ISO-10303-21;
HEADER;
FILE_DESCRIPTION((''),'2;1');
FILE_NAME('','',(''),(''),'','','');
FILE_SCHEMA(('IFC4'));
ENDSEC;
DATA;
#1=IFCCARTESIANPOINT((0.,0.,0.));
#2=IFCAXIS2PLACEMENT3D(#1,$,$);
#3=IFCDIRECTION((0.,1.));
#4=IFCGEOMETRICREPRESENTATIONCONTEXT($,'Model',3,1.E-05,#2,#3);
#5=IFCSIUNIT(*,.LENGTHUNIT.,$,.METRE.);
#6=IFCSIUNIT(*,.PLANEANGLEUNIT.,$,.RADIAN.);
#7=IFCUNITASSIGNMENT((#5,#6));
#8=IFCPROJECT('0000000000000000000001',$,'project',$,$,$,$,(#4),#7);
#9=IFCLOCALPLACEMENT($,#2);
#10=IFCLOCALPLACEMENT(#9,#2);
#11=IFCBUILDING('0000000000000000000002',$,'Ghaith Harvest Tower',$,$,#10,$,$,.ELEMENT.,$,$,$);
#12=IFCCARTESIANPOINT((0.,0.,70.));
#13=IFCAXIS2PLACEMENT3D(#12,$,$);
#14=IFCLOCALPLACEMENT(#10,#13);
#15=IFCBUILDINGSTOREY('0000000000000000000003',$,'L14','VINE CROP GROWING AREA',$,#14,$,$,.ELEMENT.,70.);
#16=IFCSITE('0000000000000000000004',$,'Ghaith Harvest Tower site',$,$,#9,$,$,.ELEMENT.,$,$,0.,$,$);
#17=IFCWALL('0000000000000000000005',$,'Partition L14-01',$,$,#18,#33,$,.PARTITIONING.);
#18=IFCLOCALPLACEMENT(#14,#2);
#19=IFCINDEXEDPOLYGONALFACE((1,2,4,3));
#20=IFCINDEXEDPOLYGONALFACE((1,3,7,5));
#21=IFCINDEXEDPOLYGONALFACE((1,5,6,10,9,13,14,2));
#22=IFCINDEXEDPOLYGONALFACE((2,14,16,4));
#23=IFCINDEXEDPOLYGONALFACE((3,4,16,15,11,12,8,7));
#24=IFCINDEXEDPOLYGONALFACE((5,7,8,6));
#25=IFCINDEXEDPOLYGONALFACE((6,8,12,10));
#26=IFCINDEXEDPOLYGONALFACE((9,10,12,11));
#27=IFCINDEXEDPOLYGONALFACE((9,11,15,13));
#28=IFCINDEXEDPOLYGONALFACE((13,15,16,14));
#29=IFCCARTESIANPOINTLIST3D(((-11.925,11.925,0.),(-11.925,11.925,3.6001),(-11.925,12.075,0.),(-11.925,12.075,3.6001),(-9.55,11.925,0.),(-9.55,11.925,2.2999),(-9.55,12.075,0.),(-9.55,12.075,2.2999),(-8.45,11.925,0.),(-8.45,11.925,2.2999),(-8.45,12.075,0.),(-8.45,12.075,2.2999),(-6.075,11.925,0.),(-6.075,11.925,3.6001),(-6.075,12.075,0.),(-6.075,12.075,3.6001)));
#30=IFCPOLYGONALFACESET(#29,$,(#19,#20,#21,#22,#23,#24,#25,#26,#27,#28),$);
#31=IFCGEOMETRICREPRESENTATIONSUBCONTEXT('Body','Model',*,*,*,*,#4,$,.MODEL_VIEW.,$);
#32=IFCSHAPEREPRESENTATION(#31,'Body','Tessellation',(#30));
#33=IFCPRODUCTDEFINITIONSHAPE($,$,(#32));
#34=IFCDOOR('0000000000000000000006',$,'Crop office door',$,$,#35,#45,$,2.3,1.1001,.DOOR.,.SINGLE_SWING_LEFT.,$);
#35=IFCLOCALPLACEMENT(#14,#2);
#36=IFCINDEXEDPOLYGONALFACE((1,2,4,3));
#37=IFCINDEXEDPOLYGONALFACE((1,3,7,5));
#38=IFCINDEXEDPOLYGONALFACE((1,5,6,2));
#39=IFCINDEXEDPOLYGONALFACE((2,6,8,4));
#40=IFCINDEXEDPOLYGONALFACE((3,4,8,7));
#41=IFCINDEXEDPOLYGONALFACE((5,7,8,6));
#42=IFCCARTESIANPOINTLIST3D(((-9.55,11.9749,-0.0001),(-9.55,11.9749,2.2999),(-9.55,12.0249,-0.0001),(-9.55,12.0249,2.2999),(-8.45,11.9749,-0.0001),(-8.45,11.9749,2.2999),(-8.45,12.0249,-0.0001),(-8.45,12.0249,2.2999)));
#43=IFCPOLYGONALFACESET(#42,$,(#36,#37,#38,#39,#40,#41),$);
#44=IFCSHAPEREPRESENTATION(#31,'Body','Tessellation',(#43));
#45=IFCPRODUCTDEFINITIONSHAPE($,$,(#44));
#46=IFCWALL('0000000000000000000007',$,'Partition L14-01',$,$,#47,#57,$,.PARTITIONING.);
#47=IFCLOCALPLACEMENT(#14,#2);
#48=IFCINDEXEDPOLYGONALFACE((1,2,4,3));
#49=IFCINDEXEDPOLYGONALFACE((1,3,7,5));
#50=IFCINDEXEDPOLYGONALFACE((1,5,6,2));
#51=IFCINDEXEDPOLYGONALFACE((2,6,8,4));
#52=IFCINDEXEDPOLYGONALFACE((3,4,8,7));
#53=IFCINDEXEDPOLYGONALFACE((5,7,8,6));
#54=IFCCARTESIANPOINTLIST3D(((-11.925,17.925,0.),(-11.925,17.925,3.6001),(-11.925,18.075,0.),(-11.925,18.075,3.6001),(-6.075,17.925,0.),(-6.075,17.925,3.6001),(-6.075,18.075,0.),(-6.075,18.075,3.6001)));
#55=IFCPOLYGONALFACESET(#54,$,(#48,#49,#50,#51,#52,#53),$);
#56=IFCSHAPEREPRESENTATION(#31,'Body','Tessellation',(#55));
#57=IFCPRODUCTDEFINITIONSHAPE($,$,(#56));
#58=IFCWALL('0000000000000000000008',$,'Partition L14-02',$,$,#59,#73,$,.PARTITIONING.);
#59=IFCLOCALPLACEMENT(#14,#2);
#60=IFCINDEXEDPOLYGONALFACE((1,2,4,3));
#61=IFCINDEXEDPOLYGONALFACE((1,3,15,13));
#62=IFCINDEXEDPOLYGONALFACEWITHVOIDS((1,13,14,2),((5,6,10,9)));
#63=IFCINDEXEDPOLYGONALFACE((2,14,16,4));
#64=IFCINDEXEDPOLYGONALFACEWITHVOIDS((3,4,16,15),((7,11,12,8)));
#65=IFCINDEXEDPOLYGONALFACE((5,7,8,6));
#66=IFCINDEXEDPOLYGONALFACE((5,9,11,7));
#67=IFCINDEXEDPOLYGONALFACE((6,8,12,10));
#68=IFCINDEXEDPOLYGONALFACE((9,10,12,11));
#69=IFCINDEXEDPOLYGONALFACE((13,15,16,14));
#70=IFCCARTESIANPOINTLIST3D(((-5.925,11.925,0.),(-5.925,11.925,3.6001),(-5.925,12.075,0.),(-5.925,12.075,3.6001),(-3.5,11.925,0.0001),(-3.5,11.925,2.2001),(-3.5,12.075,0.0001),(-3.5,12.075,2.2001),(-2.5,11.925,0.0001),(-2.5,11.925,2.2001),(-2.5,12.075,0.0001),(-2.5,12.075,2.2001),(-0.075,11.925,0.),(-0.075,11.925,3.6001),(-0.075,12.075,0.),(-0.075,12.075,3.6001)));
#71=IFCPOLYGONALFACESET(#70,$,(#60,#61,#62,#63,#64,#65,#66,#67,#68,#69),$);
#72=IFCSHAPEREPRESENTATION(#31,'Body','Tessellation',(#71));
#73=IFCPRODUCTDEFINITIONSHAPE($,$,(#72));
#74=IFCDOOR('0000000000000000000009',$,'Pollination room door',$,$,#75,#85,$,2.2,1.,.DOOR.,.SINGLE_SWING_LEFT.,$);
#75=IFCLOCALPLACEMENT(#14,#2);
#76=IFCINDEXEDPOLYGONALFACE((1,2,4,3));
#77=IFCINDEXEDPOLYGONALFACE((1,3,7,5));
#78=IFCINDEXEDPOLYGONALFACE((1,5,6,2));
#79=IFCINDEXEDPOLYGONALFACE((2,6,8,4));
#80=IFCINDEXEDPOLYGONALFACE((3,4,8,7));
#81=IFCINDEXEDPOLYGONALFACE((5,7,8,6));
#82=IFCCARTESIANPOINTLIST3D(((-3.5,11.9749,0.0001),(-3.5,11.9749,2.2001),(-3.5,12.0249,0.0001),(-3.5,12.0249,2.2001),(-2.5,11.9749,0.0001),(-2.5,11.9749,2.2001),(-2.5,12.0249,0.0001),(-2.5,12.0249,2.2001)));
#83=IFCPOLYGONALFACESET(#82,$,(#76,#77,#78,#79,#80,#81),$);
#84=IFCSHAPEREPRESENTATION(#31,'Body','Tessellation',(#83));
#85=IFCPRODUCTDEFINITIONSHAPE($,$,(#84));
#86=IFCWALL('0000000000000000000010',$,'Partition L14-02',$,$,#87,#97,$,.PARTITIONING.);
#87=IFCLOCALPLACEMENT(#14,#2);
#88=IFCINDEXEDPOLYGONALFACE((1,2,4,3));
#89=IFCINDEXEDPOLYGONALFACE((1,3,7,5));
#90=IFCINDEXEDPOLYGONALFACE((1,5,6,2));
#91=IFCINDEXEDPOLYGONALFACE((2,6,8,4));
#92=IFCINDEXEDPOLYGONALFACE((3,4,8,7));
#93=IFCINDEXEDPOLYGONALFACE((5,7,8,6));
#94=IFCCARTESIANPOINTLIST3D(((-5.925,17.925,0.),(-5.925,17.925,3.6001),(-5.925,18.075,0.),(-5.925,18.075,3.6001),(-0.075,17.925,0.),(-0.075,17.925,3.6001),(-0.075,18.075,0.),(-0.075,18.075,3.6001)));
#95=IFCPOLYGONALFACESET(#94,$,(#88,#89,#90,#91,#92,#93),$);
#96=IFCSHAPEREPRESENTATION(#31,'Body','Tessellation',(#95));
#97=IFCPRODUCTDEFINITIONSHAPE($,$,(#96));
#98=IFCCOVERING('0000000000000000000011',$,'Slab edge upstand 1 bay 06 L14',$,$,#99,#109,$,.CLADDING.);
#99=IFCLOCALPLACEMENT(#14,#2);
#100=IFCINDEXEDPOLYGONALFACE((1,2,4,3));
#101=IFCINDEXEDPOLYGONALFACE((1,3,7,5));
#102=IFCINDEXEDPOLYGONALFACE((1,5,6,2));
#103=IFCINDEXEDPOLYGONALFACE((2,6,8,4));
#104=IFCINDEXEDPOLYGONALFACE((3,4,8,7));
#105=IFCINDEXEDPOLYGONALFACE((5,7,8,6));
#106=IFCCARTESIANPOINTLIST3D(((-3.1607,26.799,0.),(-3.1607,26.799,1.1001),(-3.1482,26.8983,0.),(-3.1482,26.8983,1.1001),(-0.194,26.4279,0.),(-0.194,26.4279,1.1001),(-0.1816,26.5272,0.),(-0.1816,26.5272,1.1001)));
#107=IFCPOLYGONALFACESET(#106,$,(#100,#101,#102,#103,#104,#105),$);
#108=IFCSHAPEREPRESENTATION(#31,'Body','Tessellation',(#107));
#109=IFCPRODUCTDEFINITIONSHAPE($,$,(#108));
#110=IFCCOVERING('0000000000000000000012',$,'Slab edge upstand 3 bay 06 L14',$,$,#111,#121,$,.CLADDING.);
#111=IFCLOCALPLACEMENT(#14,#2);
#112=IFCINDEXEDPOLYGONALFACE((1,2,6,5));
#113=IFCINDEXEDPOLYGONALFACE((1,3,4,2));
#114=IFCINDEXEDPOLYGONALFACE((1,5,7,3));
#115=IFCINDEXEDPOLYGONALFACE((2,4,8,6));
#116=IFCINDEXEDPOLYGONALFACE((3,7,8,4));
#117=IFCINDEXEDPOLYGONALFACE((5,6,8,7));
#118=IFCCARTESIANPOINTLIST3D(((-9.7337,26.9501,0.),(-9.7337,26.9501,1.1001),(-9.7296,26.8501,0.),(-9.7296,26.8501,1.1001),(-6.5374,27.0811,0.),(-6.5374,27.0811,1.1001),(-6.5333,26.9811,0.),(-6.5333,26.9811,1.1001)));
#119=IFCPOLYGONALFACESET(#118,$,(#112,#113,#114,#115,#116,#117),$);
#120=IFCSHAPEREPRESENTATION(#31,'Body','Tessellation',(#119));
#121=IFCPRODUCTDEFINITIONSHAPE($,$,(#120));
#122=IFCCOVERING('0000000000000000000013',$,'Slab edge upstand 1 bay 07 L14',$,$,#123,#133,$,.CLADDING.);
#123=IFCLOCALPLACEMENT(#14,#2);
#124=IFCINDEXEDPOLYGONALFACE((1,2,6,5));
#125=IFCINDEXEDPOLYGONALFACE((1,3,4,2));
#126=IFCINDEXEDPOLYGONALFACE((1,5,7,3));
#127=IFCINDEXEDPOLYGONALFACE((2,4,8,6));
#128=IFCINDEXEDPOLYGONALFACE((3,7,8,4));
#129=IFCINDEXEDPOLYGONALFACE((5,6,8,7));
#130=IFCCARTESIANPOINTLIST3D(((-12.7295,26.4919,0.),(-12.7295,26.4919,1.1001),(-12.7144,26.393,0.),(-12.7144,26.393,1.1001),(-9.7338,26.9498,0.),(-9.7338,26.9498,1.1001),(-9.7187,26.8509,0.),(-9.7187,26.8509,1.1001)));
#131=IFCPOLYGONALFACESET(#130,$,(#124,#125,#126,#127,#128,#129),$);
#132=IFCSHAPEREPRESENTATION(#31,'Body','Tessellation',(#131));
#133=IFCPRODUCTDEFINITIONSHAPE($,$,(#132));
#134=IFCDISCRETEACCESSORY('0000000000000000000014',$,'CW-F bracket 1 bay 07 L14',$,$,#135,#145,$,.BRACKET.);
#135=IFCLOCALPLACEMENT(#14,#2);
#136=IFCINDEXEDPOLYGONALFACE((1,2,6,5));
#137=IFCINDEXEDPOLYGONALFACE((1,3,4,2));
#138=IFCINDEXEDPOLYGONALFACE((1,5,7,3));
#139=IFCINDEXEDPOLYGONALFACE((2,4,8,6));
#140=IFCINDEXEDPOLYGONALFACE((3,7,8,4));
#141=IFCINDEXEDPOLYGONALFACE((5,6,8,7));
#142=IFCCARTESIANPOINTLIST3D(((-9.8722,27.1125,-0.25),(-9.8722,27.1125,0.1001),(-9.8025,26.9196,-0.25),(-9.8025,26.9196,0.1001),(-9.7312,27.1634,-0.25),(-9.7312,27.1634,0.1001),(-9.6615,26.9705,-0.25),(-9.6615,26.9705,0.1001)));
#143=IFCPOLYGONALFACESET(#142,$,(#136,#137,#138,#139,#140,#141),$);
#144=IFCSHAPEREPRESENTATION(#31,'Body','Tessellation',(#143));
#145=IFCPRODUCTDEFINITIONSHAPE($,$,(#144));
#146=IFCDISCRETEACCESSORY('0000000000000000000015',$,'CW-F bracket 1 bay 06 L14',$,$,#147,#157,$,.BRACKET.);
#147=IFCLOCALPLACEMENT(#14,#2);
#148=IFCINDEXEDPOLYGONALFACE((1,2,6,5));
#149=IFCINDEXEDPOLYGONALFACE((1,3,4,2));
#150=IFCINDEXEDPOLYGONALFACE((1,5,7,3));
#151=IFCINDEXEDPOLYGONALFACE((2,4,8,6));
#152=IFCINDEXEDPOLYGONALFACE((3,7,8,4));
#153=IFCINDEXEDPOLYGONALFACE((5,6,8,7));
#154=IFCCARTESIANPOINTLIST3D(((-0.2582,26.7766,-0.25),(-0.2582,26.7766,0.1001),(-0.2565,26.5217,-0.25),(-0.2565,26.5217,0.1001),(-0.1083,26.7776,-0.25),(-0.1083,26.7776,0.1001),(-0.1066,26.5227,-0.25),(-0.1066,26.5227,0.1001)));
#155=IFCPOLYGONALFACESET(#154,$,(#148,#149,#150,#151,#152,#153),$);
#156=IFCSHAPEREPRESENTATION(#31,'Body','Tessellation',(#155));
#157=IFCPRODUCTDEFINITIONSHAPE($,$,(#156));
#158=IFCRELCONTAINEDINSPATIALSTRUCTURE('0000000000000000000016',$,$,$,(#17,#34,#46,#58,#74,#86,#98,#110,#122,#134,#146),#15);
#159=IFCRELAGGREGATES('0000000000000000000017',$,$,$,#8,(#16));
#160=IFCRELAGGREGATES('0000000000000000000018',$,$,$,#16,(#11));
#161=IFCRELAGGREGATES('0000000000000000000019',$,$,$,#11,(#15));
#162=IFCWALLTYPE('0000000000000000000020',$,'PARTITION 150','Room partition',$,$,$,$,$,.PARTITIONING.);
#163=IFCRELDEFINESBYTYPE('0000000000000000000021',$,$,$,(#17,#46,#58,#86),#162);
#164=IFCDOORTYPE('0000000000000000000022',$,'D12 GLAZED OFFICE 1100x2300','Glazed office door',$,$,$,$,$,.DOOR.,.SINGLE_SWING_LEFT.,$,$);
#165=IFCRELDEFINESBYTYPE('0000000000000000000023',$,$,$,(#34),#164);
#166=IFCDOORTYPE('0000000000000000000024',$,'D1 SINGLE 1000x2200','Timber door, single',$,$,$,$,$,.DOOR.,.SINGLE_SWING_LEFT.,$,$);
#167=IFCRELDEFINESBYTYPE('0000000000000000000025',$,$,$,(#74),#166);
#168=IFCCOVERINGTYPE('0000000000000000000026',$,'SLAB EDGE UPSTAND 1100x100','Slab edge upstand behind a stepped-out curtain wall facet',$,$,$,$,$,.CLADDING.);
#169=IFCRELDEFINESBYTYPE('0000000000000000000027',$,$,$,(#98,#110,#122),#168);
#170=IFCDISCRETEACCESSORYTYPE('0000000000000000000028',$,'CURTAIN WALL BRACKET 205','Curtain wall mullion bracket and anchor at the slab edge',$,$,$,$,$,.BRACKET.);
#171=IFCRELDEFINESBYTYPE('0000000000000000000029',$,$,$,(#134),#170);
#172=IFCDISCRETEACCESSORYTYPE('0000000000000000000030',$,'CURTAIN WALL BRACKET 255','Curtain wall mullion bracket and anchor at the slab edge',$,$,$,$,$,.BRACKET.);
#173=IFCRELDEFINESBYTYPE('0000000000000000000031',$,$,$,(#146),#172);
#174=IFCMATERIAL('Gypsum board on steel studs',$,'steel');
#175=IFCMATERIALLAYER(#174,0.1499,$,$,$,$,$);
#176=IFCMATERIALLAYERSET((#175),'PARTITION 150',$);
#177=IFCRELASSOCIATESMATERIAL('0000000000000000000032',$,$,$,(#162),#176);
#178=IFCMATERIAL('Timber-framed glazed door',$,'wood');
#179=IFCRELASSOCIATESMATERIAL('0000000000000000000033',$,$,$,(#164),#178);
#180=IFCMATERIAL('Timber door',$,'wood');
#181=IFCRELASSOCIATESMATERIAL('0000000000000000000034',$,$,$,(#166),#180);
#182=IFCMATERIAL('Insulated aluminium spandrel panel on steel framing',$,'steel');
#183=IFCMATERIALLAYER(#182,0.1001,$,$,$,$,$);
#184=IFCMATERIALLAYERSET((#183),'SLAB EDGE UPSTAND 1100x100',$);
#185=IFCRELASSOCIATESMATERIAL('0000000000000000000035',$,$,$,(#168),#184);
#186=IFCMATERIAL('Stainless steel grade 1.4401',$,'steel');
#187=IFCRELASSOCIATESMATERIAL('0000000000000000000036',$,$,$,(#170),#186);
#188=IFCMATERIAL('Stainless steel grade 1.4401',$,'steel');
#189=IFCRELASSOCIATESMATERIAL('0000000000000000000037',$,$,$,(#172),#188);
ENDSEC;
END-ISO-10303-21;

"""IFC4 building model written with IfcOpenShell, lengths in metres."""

from ifc_helpers import new_model, si_unit, direction, frame, frame_2d, origin, origin_2d, place, context, subcontext, project, spatial, rectangle, extrude, material, layer, layer_set, type_object, element, fill, save


model = new_model("IFC4")

# Units and contexts
model_context = context("Model", 3, precision=1e-05, world=origin(), true_north=direction((0.0, 1.0)))
body_context = subcontext(model_context, "Body", "Model", "MODEL_VIEW")
ifc_project = project(units=[si_unit("LENGTHUNIT", "METRE"), si_unit("PLANEANGLEUNIT", "RADIAN")], contexts=[model_context])

# Site, building, storey
site_placement = place(None, origin())
site = spatial("IfcSite", under=ifc_project, at=site_placement, Name="Ghaith Harvest Tower site", CompositionType="ELEMENT", RefElevation=0.0)
building_placement = place(site_placement, origin())
building = spatial("IfcBuilding", under=site, at=building_placement, Name="Ghaith Harvest Tower", CompositionType="ELEMENT")
storey_placement = place(building_placement, frame((0.0, 0.0, 70.0)))
storey = spatial("IfcBuildingStorey", under=building, at=storey_placement, Name="L14", Description="VINE CROP GROWING AREA", CompositionType="ELEMENT", Elevation=70.0)

# Shared definitions
ifc_material_1 = material(Name="Gypsum board on steel studs", Category="steel")
ifc_layer_1 = layer(ifc_material_1, 0.1499)
ifc_layer_set_1 = layer_set([ifc_layer_1], Name="PARTITION 150")
wall_type = type_object("IfcWallType", Name="PARTITION 150", Description="Room partition", PredefinedType="PARTITIONING", material=ifc_layer_set_1)

# Wall, opening, door
wall_1_placement = place(storey_placement, frame((-11.925, 12.0, 0.0), z_axis=(0.0, 0.0, 1.0), x_axis=(1.0, 0.0, 0.0)))
wall_1 = element("IfcWall", 1, at=wall_1_placement, inside=storey, type_object=wall_type, Name="Partition L14-01", PredefinedType="PARTITIONING", context=body_context, shape_type="SweptSolid", body=[
    extrude(rectangle(XDim=5.8501, YDim=0.1499, at=frame_2d((2.925, 0.0))), origin(), (0.0, 0.0, 1.0), 3.6001),
])
opening_1_placement = place(wall_1_placement, frame((2.375, 0.0, 0.0)))
opening_1 = element("IfcOpeningElement", 2, at=opening_1_placement, cuts=wall_1, PredefinedType="OPENING", context=body_context, shape_type="SweptSolid", body=[
    extrude(rectangle(XDim=1.1001, YDim=2.3, at=frame_2d((0.55, 1.1499))), frame((0.0, 0.085, 0.0), z_axis=(0.0, -1.0, 0.0), x_axis=(1.0, 0.0, 0.0)), (0.0, 0.0, 1.0), 0.1699),
])
ifc_material_2 = material(Name="Timber-framed glazed door", Category="wood")
door_type_1 = type_object("IfcDoorType", Name="D12 GLAZED OFFICE 1100x2300", Description="Glazed office door", OperationType="SINGLE_SWING_LEFT", PredefinedType="DOOR", material=ifc_material_2)
door_1_placement = place(opening_1_placement, origin())
door_1 = element("IfcDoor", 3, at=door_1_placement, inside=storey, type_object=door_type_1, Name="Crop office door", OperationType="SINGLE_SWING_LEFT", OverallHeight=2.3, OverallWidth=1.1001, PredefinedType="DOOR", context=body_context, shape_type="SweptSolid", body=[
    extrude(rectangle(XDim=1.1001, YDim=2.3, at=frame_2d((0.55, 1.1499))), frame((0.0, 0.0249, 0.0), z_axis=(0.0, -1.0, 0.0), x_axis=(1.0, 0.0, 0.0)), (0.0, 0.0, 1.0), 0.05),
])
fill(opening_1, door_1)

# Wall
wall_2_placement = place(storey_placement, frame((-11.925, 18.0, 0.0), z_axis=(0.0, 0.0, 1.0), x_axis=(1.0, 0.0, 0.0)))
element("IfcWall", 4, at=wall_2_placement, inside=storey, type_object=wall_type, Name="Partition L14-01", PredefinedType="PARTITIONING", context=body_context, shape_type="SweptSolid", body=[
    extrude(rectangle(XDim=5.8501, YDim=0.1499, at=frame_2d((2.925, 0.0))), origin(), (0.0, 0.0, 1.0), 3.6001),
])

# Wall, opening, door
wall_3_placement = place(storey_placement, frame((-5.925, 12.0, 0.0), z_axis=(0.0, 0.0, 1.0), x_axis=(1.0, 0.0, 0.0)))
wall_3 = element("IfcWall", 5, at=wall_3_placement, inside=storey, type_object=wall_type, Name="Partition L14-02", PredefinedType="PARTITIONING", context=body_context, shape_type="SweptSolid", body=[
    extrude(rectangle(XDim=5.8501, YDim=0.1499, at=frame_2d((2.925, 0.0))), origin(), (0.0, 0.0, 1.0), 3.6001),
])
opening_2_placement = place(wall_3_placement, frame((2.425, 0.0, 0.0)))
opening_2 = element("IfcOpeningElement", 6, at=opening_2_placement, cuts=wall_3, PredefinedType="OPENING", context=body_context, shape_type="SweptSolid", body=[
    extrude(rectangle(XDim=1.0, YDim=2.2, at=frame_2d((0.5, 1.1001))), frame((0.0, 0.085, 0.0), z_axis=(0.0, -1.0, 0.0), x_axis=(1.0, 0.0, 0.0)), (0.0, 0.0, 1.0), 0.1699),
])
ifc_material_3 = material(Name="Timber door", Category="wood")
door_type_2 = type_object("IfcDoorType", Name="D1 SINGLE 1000x2200", Description="Timber door, single", OperationType="SINGLE_SWING_LEFT", PredefinedType="DOOR", material=ifc_material_3)
door_2_placement = place(opening_2_placement, origin())
door_2 = element("IfcDoor", 7, at=door_2_placement, inside=storey, type_object=door_type_2, Name="Pollination room door", OperationType="SINGLE_SWING_LEFT", OverallHeight=2.2, OverallWidth=1.0, PredefinedType="DOOR", context=body_context, shape_type="SweptSolid", body=[
    extrude(rectangle(XDim=1.0, YDim=2.2, at=frame_2d((0.5, 1.1001))), frame((0.0, 0.0249, 0.0), z_axis=(0.0, -1.0, 0.0), x_axis=(1.0, 0.0, 0.0)), (0.0, 0.0, 1.0), 0.05),
])
fill(opening_2, door_2)

# Wall
wall_4_placement = place(storey_placement, frame((-5.925, 18.0, 0.0), z_axis=(0.0, 0.0, 1.0), x_axis=(1.0, 0.0, 0.0)))
element("IfcWall", 8, at=wall_4_placement, inside=storey, type_object=wall_type, Name="Partition L14-02", PredefinedType="PARTITIONING", context=body_context, shape_type="SweptSolid", body=[
    extrude(rectangle(XDim=5.8501, YDim=0.1499, at=frame_2d((2.925, 0.0))), origin(), (0.0, 0.0, 1.0), 3.6001),
])

# Coverings
ifc_material_4 = material(Name="Insulated aluminium spandrel panel on steel framing", Category="steel")
ifc_layer_2 = layer(ifc_material_4, 0.1001)
ifc_layer_set_2 = layer_set([ifc_layer_2], Name="SLAB EDGE UPSTAND 1100x100")
covering_type = type_object("IfcCoveringType", Name="SLAB EDGE UPSTAND 1100x100", Description="Slab edge upstand behind a stepped-out curtain wall facet", PredefinedType="CLADDING", material=ifc_layer_set_2)
covering_1_placement = place(storey_placement, frame((-1.6711, 26.6631, 0.0), z_axis=(0.0, 0.0, 1.0), x_axis=(-0.992265, 0.124139, 0.0)))
element("IfcCovering", 9, at=covering_1_placement, inside=storey, type_object=covering_type, Name="Slab edge upstand 1 bay 06 L14", PredefinedType="CLADDING", context=body_context, shape_type="SweptSolid", body=[
    extrude(rectangle(XDim=2.9897, YDim=0.1001, at=origin_2d()), origin(), (0.0, 0.0, 1.0), 1.1001),
])
covering_2_placement = place(storey_placement, frame((-8.1335, 26.9656, 0.0), z_axis=(0.0, 0.0, 1.0), x_axis=(-0.999161, -0.040957, 0.0)))
element("IfcCovering", 10, at=covering_2_placement, inside=storey, type_object=covering_type, Name="Slab edge upstand 3 bay 06 L14", PredefinedType="CLADDING", context=body_context, shape_type="SweptSolid", body=[
    extrude(rectangle(XDim=3.199, YDim=0.1001, at=origin_2d()), origin(), (0.0, 0.0, 1.0), 1.1001),
])
covering_3_placement = place(storey_placement, frame((-11.2241, 26.6714, 0.0), z_axis=(0.0, 0.0, 1.0), x_axis=(-0.988518, -0.151104, 0.0)))
element("IfcCovering", 11, at=covering_3_placement, inside=storey, type_object=covering_type, Name="Slab edge upstand 1 bay 07 L14", PredefinedType="CLADDING", context=body_context, shape_type="SweptSolid", body=[
    extrude(rectangle(XDim=3.0305, YDim=0.1001, at=origin_2d()), origin(), (0.0, 0.0, 1.0), 1.1001),
])

# Discrete accessories
ifc_material_5 = material(Name="Stainless steel grade 1.4401", Category="steel")
discrete_accessory_type_1 = type_object("IfcDiscreteAccessoryType", Name="CURTAIN WALL BRACKET 205", Description="Curtain wall mullion bracket and anchor at the slab edge", PredefinedType="BRACKET", material=ifc_material_5)
discrete_accessory_1_placement = place(storey_placement, frame((-9.7668, 27.0415, -0.25), z_axis=(0.0, 0.0, 1.0), x_axis=(-0.339699, 0.940534, 0.0)))
element("IfcDiscreteAccessory", 12, at=discrete_accessory_1_placement, inside=storey, type_object=discrete_accessory_type_1, Name="CW-F bracket 1 bay 07 L14", PredefinedType="BRACKET", context=body_context, shape_type="SweptSolid", body=[
    extrude(rectangle(XDim=0.2051, YDim=0.1499, at=origin_2d()), origin(), (0.0, 0.0, 1.0), 0.3501),
])
ifc_material_6 = material(Name="Stainless steel grade 1.4401", Category="steel")
discrete_accessory_type_2 = type_object("IfcDiscreteAccessoryType", Name="CURTAIN WALL BRACKET 255", Description="Curtain wall mullion bracket and anchor at the slab edge", PredefinedType="BRACKET", material=ifc_material_6)
discrete_accessory_2_placement = place(storey_placement, frame((-0.1824, 26.6497, -0.25), z_axis=(0.0, 0.0, 1.0), x_axis=(-0.006844, 0.999977, 0.0)))
element("IfcDiscreteAccessory", 13, at=discrete_accessory_2_placement, inside=storey, type_object=discrete_accessory_type_2, Name="CW-F bracket 1 bay 06 L14", PredefinedType="BRACKET", context=body_context, shape_type="SweptSolid", body=[
    extrude(rectangle(XDim=0.2549, YDim=0.1499, at=origin_2d()), origin(), (0.0, 0.0, 1.0), 0.3501),
])

save(model, "model.ifc")
